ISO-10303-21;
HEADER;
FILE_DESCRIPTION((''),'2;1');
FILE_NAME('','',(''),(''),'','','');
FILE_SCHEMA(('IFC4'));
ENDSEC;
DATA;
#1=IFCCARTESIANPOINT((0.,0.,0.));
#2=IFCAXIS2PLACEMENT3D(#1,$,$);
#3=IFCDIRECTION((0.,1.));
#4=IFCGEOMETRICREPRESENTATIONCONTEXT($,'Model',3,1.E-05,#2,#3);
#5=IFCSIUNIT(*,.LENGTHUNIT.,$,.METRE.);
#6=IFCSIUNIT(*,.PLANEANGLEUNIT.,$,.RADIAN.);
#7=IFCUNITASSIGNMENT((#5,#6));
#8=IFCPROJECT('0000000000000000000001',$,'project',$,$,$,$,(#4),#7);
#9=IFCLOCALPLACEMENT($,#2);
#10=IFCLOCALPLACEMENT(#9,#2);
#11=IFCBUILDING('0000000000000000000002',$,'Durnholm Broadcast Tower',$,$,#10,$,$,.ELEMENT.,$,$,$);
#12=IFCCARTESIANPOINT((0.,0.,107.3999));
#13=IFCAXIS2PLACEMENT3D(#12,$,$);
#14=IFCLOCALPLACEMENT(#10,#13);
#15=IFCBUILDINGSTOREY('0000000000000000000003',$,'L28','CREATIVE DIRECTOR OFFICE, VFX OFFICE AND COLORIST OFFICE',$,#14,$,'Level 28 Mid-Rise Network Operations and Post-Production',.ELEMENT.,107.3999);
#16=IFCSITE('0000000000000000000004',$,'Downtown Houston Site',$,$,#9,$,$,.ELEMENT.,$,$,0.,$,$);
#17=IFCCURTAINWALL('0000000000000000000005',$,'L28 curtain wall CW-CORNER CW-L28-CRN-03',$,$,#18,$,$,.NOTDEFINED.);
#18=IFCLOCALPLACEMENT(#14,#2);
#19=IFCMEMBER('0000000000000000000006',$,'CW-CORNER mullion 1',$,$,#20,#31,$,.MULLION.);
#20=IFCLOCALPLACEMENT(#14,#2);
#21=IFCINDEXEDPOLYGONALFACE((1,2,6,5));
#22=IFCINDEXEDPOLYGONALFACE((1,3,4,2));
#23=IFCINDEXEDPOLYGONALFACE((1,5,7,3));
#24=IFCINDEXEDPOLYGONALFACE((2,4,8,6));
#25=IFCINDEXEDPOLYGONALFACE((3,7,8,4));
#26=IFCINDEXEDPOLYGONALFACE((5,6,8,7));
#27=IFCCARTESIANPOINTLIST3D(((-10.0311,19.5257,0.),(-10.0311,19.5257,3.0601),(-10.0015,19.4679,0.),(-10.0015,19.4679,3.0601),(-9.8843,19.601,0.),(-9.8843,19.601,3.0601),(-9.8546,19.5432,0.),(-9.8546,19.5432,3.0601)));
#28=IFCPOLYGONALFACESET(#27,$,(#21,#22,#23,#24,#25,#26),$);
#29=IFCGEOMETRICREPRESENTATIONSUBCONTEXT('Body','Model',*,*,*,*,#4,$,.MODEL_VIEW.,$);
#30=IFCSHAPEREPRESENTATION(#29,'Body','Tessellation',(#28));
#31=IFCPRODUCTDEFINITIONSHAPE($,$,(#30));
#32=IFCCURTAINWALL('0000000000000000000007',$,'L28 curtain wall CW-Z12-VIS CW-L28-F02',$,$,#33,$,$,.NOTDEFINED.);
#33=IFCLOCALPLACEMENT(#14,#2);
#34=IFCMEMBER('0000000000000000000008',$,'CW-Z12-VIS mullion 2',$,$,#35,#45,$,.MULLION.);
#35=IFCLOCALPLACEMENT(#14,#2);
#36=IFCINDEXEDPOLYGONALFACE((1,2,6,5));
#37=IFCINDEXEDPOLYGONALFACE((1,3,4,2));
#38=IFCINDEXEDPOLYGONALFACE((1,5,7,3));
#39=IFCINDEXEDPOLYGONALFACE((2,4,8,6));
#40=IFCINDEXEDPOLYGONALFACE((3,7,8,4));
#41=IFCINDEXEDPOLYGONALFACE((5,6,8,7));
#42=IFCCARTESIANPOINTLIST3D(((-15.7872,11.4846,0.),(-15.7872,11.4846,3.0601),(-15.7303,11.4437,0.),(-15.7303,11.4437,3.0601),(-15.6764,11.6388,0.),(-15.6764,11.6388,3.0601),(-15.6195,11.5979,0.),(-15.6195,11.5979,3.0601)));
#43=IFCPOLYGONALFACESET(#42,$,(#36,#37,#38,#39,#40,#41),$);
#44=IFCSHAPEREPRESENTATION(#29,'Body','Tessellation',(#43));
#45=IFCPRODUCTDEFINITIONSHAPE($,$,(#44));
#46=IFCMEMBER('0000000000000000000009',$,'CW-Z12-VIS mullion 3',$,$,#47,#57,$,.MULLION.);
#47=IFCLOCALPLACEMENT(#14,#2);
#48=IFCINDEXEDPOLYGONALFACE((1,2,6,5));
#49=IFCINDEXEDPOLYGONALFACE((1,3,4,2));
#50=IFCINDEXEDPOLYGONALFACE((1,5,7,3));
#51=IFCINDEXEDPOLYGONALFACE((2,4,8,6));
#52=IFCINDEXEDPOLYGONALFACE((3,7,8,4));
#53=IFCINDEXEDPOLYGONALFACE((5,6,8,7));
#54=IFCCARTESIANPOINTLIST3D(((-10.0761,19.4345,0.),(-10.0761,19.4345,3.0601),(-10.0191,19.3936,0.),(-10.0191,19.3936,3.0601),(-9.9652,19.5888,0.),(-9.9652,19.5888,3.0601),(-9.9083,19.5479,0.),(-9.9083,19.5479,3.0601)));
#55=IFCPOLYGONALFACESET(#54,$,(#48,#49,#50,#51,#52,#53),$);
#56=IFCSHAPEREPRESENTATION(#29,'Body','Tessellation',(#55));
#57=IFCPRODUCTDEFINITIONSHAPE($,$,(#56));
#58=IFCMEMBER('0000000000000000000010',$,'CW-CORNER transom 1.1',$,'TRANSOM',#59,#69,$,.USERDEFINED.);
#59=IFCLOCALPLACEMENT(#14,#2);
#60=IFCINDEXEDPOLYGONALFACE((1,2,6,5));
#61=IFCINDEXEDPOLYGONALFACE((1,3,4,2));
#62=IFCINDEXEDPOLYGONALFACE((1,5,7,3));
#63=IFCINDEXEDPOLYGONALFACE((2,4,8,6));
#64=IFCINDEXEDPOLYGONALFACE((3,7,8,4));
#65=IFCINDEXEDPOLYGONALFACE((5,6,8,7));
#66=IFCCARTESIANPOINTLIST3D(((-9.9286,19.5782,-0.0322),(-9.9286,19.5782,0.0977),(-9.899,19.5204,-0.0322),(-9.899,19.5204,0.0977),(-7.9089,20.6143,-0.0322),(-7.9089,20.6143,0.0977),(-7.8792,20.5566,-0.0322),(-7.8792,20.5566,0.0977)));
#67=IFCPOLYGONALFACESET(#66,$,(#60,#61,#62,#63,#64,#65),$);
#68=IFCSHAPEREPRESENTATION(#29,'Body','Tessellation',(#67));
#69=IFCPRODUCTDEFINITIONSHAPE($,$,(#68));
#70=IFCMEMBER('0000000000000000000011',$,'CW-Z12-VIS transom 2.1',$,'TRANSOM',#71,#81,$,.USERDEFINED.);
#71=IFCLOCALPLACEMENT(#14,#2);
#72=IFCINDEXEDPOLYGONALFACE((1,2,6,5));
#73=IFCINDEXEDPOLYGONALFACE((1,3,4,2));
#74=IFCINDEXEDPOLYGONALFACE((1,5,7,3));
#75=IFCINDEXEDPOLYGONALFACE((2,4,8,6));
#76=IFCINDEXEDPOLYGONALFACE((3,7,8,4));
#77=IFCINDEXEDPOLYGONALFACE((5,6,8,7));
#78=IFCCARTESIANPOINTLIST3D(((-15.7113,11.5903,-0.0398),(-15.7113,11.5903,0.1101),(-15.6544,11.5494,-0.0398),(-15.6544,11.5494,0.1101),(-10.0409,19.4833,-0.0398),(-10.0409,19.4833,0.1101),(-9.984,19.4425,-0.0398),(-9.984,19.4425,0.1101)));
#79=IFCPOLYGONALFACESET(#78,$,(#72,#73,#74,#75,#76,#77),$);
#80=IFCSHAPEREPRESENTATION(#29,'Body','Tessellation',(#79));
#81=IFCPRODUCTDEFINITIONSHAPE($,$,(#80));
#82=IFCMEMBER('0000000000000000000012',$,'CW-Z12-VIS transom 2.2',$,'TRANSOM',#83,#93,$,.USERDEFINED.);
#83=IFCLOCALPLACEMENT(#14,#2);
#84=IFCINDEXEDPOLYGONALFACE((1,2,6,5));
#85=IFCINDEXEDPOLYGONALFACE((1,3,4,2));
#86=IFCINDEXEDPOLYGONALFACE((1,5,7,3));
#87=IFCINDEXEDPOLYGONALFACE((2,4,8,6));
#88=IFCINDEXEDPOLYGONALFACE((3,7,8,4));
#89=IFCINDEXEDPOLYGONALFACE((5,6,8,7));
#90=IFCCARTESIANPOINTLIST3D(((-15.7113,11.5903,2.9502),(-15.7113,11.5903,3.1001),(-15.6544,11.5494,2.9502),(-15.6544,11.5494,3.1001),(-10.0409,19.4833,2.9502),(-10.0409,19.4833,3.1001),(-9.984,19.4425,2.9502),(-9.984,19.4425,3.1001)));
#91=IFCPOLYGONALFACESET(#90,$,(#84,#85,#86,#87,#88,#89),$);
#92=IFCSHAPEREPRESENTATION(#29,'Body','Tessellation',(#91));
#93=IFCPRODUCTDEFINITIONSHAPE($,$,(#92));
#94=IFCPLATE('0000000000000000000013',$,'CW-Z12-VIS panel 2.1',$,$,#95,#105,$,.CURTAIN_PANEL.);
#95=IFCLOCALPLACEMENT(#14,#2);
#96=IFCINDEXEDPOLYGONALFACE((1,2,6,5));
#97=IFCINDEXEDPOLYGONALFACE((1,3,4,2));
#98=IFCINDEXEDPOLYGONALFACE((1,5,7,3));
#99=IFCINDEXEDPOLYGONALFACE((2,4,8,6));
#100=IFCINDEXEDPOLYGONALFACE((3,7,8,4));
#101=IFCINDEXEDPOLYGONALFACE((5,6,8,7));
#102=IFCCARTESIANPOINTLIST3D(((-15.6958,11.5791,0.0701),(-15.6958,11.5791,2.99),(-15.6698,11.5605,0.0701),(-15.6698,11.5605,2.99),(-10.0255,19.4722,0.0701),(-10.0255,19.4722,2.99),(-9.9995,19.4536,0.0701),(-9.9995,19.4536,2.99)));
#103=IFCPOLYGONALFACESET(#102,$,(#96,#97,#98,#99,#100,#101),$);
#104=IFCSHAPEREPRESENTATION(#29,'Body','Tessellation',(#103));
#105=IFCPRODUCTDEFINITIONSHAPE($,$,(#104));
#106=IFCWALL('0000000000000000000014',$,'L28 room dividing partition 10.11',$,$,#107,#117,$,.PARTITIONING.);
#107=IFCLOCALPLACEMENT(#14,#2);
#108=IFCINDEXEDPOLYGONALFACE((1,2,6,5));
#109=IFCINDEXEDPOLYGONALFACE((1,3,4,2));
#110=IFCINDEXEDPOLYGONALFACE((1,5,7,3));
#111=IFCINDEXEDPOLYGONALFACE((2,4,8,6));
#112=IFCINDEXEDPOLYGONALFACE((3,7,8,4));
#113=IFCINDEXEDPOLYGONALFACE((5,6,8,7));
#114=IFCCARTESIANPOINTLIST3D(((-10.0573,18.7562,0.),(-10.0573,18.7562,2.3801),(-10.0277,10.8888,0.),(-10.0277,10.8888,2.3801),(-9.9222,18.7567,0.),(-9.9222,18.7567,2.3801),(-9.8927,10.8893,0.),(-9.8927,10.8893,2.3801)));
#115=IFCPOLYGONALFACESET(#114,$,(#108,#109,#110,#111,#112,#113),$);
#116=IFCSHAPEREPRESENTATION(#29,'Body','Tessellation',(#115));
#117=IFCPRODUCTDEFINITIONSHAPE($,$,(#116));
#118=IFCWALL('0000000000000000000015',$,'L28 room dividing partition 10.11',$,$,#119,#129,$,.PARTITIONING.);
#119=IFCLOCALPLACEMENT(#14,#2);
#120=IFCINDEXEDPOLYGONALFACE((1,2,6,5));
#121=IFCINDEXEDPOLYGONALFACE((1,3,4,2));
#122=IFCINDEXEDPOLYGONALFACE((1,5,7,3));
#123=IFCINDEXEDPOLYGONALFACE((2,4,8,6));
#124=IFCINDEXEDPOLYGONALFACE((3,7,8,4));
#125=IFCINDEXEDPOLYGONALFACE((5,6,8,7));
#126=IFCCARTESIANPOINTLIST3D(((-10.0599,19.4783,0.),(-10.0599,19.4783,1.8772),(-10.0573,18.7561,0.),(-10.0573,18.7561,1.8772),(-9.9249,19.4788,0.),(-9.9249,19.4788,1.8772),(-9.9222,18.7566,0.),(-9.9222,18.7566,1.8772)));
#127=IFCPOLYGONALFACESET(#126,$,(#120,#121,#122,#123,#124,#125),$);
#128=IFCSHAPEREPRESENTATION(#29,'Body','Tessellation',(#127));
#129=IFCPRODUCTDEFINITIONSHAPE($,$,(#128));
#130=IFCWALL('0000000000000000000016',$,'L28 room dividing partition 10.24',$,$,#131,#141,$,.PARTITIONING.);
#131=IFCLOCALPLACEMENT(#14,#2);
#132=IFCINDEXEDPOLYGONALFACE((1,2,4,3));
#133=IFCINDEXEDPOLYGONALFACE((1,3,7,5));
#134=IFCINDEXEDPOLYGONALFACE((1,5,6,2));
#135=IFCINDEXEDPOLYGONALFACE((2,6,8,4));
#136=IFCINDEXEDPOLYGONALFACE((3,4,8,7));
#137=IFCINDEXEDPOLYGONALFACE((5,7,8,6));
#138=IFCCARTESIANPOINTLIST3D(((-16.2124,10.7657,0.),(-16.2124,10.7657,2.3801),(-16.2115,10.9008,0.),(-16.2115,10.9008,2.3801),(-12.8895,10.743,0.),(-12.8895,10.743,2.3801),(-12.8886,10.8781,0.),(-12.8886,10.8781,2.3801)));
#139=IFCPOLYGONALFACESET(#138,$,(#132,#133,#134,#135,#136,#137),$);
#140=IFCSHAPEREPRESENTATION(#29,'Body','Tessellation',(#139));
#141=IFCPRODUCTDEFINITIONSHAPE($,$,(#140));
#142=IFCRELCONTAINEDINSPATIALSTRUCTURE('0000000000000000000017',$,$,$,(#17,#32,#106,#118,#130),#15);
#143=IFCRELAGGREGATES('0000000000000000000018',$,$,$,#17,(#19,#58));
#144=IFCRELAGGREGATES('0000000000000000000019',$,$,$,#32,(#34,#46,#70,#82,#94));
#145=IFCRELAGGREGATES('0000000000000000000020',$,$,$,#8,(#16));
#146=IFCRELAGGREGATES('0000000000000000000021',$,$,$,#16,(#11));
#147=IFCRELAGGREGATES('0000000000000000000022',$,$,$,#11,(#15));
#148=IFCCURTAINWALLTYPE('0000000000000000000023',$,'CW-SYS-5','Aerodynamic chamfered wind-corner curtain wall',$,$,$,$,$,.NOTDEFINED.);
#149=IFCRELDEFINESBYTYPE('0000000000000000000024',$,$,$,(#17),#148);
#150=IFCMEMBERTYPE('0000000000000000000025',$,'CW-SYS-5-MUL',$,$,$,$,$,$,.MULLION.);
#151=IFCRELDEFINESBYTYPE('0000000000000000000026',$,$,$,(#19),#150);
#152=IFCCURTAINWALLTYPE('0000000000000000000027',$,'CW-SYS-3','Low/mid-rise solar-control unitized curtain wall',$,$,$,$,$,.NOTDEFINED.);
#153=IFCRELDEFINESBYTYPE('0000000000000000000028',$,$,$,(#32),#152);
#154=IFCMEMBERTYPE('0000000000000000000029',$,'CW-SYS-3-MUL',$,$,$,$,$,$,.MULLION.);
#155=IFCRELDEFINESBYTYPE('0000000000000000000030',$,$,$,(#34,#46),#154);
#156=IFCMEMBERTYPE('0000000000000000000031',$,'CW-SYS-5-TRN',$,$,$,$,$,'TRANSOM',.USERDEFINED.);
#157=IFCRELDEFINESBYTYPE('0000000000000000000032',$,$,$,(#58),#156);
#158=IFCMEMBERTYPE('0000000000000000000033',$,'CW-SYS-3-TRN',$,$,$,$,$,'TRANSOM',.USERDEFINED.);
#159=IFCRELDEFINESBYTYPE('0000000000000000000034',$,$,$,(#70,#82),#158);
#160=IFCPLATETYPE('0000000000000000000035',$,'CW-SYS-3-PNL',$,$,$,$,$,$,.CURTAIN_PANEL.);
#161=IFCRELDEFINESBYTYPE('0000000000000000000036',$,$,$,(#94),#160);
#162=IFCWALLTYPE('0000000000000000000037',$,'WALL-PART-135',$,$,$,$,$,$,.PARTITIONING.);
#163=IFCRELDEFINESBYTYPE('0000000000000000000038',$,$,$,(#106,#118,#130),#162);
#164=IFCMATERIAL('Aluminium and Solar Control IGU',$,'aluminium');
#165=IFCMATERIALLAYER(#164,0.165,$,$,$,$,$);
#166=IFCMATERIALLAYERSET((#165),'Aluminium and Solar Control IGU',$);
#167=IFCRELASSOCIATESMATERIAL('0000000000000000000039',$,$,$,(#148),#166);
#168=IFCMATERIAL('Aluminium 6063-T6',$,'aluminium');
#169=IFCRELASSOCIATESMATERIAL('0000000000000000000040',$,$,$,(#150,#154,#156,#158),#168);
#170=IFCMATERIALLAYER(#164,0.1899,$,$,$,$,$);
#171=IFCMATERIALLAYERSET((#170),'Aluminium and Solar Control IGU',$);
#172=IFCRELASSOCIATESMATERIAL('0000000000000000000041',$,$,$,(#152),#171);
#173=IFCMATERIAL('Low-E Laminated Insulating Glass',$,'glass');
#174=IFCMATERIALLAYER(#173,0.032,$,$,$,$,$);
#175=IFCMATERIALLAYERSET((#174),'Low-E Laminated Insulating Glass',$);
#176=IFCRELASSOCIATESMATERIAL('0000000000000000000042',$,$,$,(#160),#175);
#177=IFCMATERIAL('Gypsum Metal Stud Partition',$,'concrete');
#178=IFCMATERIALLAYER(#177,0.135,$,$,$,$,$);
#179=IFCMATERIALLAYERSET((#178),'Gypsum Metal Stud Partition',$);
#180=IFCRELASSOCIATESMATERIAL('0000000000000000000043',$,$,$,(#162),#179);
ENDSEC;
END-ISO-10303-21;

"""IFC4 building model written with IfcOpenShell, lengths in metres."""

from ifc_helpers import new_model, si_unit, direction, frame, frame_2d, origin, origin_2d, place, context, subcontext, project, spatial, rectangle, extrude, source, transform, mapped, material, layer, layer_set, material_profile, profile_set, type_object, type_shapes, element, aggregate, save


model = new_model("IFC4")

# Units and contexts
model_context = context("Model", 3, precision=1e-05, world=origin(), true_north=direction((0.0, 1.0)))
body_context = subcontext(model_context, "Body", "Model", "MODEL_VIEW")
ifc_project = project(units=[si_unit("LENGTHUNIT", "METRE"), si_unit("PLANEANGLEUNIT", "RADIAN")], contexts=[model_context])

# Site, building, storey
site_placement = place(None, origin())
site = spatial("IfcSite", under=ifc_project, at=site_placement, Name="Downtown Houston Site", CompositionType="ELEMENT", RefElevation=0.0)
building_placement = place(site_placement, origin())
building = spatial("IfcBuilding", under=site, at=building_placement, Name="Durnholm Broadcast Tower", CompositionType="ELEMENT")
storey_placement = place(building_placement, frame((0.0, 0.0, 107.3999)))
storey = spatial("IfcBuildingStorey", under=building, at=storey_placement, Name="L28", Description="CREATIVE DIRECTOR OFFICE, VFX OFFICE AND COLORIST OFFICE", LongName="Level 28 Mid-Rise Network Operations and Post-Production", CompositionType="ELEMENT", Elevation=107.3999)

# Curtain wall, member
ifc_material_1 = material(Name="Aluminium and Solar Control IGU", Category="aluminium")
ifc_layer_1 = layer(ifc_material_1, 0.165)
ifc_layer_set_1 = layer_set([ifc_layer_1], Name="Aluminium and Solar Control IGU")
curtain_wall_type_1 = type_object("IfcCurtainWallType", Name="CW-SYS-5", Description="Aerodynamic chamfered wind-corner curtain wall", PredefinedType="NOTDEFINED", material=ifc_layer_set_1)
curtain_wall_1_placement = place(storey_placement, origin())
curtain_wall_1 = element("IfcCurtainWall", 1, at=curtain_wall_1_placement, inside=storey, type_object=curtain_wall_type_1, Name="L28 curtain wall CW-CORNER CW-L28-CRN-03", PredefinedType="NOTDEFINED")
ifc_material_2 = material(Name="Aluminium 6063-T6", Category="aluminium")
ifc_material_profile_1 = material_profile(ifc_material_2, rectangle(XDim=0.0649, YDim=0.165, at=origin_2d()), Name="CWM65X165")
ifc_profile_set_1 = profile_set([ifc_material_profile_1], Name="Aluminium 6063-T6")
member_type_1 = type_object("IfcMemberType", Name="CW-SYS-5-MUL", PredefinedType="MULLION", material=ifc_profile_set_1)
shared_shape_1 = source(origin(), body_context, "Body", "SweptSolid", [
    extrude(rectangle(XDim=0.0649, YDim=0.165, at=origin_2d()), origin(), (0.0, 0.0, 1.0), 3.0601),
])
type_shapes(member_type_1, [shared_shape_1])
member_1_placement = place(storey_placement, frame((-9.9429, 19.5344, 0.0), z_axis=(0.0, 0.0, 1.0), x_axis=(-0.456373, 0.889788, 0.0)))
member_1 = element("IfcMember", 2, at=member_1_placement, type_object=member_type_1, Name="CW-CORNER mullion 1", PredefinedType="MULLION", context=body_context, shape_type="MappedRepresentation", body=[
    mapped(shared_shape_1, transform((0.0, 0.0, 0.0), x_axis=(1.0, 0.0, 0.0), y_axis=(0.0, 1.0, 0.0), z_axis=(0.0, 0.0, 1.0), scale=1.0)),
])

# Curtain wall, members
ifc_layer_2 = layer(ifc_material_1, 0.1899)
ifc_layer_set_2 = layer_set([ifc_layer_2], Name="Aluminium and Solar Control IGU")
curtain_wall_type_2 = type_object("IfcCurtainWallType", Name="CW-SYS-3", Description="Low/mid-rise solar-control unitized curtain wall", PredefinedType="NOTDEFINED", material=ifc_layer_set_2)
curtain_wall_2_placement = place(storey_placement, origin())
curtain_wall_2 = element("IfcCurtainWall", 3, at=curtain_wall_2_placement, inside=storey, type_object=curtain_wall_type_2, Name="L28 curtain wall CW-Z12-VIS CW-L28-F02", PredefinedType="NOTDEFINED")
ifc_material_profile_2 = material_profile(ifc_material_2, rectangle(XDim=0.0701, YDim=0.1899, at=origin_2d()), Name="CWM70X190")
ifc_profile_set_2 = profile_set([ifc_material_profile_2], Name="Aluminium 6063-T6")
member_type_2 = type_object("IfcMemberType", Name="CW-SYS-3-MUL", PredefinedType="MULLION", material=ifc_profile_set_2)
shared_shape_2 = source(origin(), body_context, "Body", "SweptSolid", [
    extrude(rectangle(XDim=0.0701, YDim=0.1899, at=origin_2d()), origin(), (0.0, 0.0, 1.0), 3.0601),
])
type_shapes(member_type_2, [shared_shape_2])
member_2_placement = place(storey_placement, frame((-15.7034, 11.5413, 0.0), z_axis=(0.0, 0.0, 1.0), x_axis=(-0.812152, 0.583445, 0.0)))
member_2 = element("IfcMember", 4, at=member_2_placement, type_object=member_type_2, Name="CW-Z12-VIS mullion 2", PredefinedType="MULLION", context=body_context, shape_type="MappedRepresentation", body=[
    mapped(shared_shape_2, transform((0.0, 0.0, 0.0), x_axis=(1.0, 0.0, 0.0), y_axis=(0.0, 1.0, 0.0), z_axis=(0.0, 0.0, 1.0), scale=1.0)),
])
member_3_placement = place(storey_placement, frame((-9.9922, 19.4912, 0.0), z_axis=(0.0, 0.0, 1.0), x_axis=(-0.812152, 0.583445, 0.0)))
member_3 = element("IfcMember", 5, at=member_3_placement, type_object=member_type_2, Name="CW-Z12-VIS mullion 3", PredefinedType="MULLION", context=body_context, shape_type="MappedRepresentation", body=[
    mapped(shared_shape_2, transform((0.0, 0.0, 0.0), x_axis=(1.0, 0.0, 0.0), y_axis=(0.0, 1.0, 0.0), z_axis=(0.0, 0.0, 1.0), scale=1.0)),
])

# Members
ifc_material_profile_3 = material_profile(ifc_material_2, rectangle(XDim=0.0649, YDim=0.1299, at=origin_2d()), Name="CWT65X130")
ifc_profile_set_3 = profile_set([ifc_material_profile_3], Name="Aluminium 6063-T6")
member_type_3 = type_object("IfcMemberType", Name="CW-SYS-5-TRN", ElementType="TRANSOM", PredefinedType="USERDEFINED", material=ifc_profile_set_3)
shared_shape_3 = source(origin(), body_context, "Body", "SweptSolid", [
    extrude(rectangle(XDim=0.0649, YDim=0.1299, at=origin_2d()), origin(), (0.0, 0.0, 1.0), 2.27),
])
type_shapes(member_type_3, [shared_shape_3])
member_4_placement = place(storey_placement, frame((-9.9138, 19.5493, 0.0327), z_axis=(0.889755, 0.456439, 0.0), x_axis=(-0.456439, 0.889755, 0.0)))
member_4 = element("IfcMember", 6, at=member_4_placement, type_object=member_type_3, Name="CW-CORNER transom 1.1", ObjectType="TRANSOM", PredefinedType="USERDEFINED", context=body_context, shape_type="MappedRepresentation", body=[
    mapped(shared_shape_3, transform((0.0, 0.0, 0.0), x_axis=(1.0, 0.0, 0.0), y_axis=(0.0, 1.0, 0.0), z_axis=(0.0, 0.0, 1.0), scale=1.0)),
])
aggregate(curtain_wall_1, [member_1, member_4])
ifc_material_profile_4 = material_profile(ifc_material_2, rectangle(XDim=0.0701, YDim=0.1499, at=origin_2d()), Name="CWT70X150")
ifc_profile_set_4 = profile_set([ifc_material_profile_4], Name="Aluminium 6063-T6")
member_type_4 = type_object("IfcMemberType", Name="CW-SYS-3-TRN", ElementType="TRANSOM", PredefinedType="USERDEFINED", material=ifc_profile_set_4)
shared_shape_4 = source(origin(), body_context, "Body", "SweptSolid", [
    extrude(rectangle(XDim=0.0701, YDim=0.1499, at=origin_2d()), origin(), (0.0, 0.0, 1.0), 9.7188),
])
type_shapes(member_type_4, [shared_shape_4])
member_5_placement = place(storey_placement, frame((-15.6829, 11.5698, 0.0352), z_axis=(0.583451, 0.812149, 0.0), x_axis=(-0.812149, 0.583451, 0.0)))
member_5 = element("IfcMember", 7, at=member_5_placement, type_object=member_type_4, Name="CW-Z12-VIS transom 2.1", ObjectType="TRANSOM", PredefinedType="USERDEFINED", context=body_context, shape_type="MappedRepresentation", body=[
    mapped(shared_shape_4, transform((0.0, 0.0, 0.0), x_axis=(1.0, 0.0, 0.0), y_axis=(0.0, 1.0, 0.0), z_axis=(0.0, 0.0, 1.0), scale=1.0)),
])
member_6_placement = place(storey_placement, frame((-15.6829, 11.5698, 3.0251), z_axis=(0.583451, 0.812149, 0.0), x_axis=(-0.812149, 0.583451, 0.0)))
member_6 = element("IfcMember", 8, at=member_6_placement, type_object=member_type_4, Name="CW-Z12-VIS transom 2.2", ObjectType="TRANSOM", PredefinedType="USERDEFINED", context=body_context, shape_type="MappedRepresentation", body=[
    mapped(shared_shape_4, transform((0.0, 0.0, 0.0), x_axis=(1.0, 0.0, 0.0), y_axis=(0.0, 1.0, 0.0), z_axis=(0.0, 0.0, 1.0), scale=1.0)),
])

# Plate
ifc_material_3 = material(Name="Low-E Laminated Insulating Glass", Category="glass")
ifc_layer_3 = layer(ifc_material_3, 0.032)
ifc_layer_set_3 = layer_set([ifc_layer_3], Name="Low-E Laminated Insulating Glass")
plate_type = type_object("IfcPlateType", Name="CW-SYS-3-PNL", PredefinedType="CURTAIN_PANEL", material=ifc_layer_set_3)
shared_shape_5 = source(origin(), body_context, "Body", "SweptSolid", [
    extrude(rectangle(XDim=9.7188, YDim=0.032, at=origin_2d()), origin(), (0.0, 0.0, 1.0), 2.9199),
])
type_shapes(plate_type, [shared_shape_5])
plate_placement = place(storey_placement, frame((-12.8477, 15.5164, 0.0701), z_axis=(0.0, 0.0, 1.0), x_axis=(0.583445, 0.812152, 0.0)))
plate = element("IfcPlate", 9, at=plate_placement, type_object=plate_type, Name="CW-Z12-VIS panel 2.1", PredefinedType="CURTAIN_PANEL", context=body_context, shape_type="MappedRepresentation", body=[
    mapped(shared_shape_5, transform((0.0, 0.0, 0.0), x_axis=(1.0, 0.0, 0.0), y_axis=(0.0, 1.0, 0.0), z_axis=(0.0, 0.0, 1.0), scale=1.0)),
])
aggregate(curtain_wall_2, [member_2, member_3, member_5, member_6, plate])

# Walls
ifc_material_4 = material(Name="Gypsum Metal Stud Partition", Category="concrete")
ifc_layer_4 = layer(ifc_material_4, 0.135)
ifc_layer_set_4 = layer_set([ifc_layer_4], Name="Gypsum Metal Stud Partition")
wall_type_1 = type_object("IfcWallType", Name="WALL-PART-135", PredefinedType="PARTITIONING", material=ifc_layer_set_4)
wall_1_placement = place(storey_placement, frame((-9.9897, 18.7563, 0.0), z_axis=(0.0, 0.0, 1.0), x_axis=(0.003755, -0.999993, 0.0)))
element("IfcWall", 10, at=wall_1_placement, inside=storey, type_object=wall_type_1, Name="L28 room dividing partition 10.11", PredefinedType="PARTITIONING", context=body_context, shape_type="SweptSolid", body=[
    extrude(rectangle(XDim=7.8674, YDim=0.135, at=frame_2d((3.9336, 0.0))), origin(), (0.0, 0.0, 1.0), 2.3801),
])
wall_2_placement = place(storey_placement, frame((-9.9924, 19.4785, 0.0), z_axis=(0.0, 0.0, 1.0), x_axis=(0.003719, -0.999993, 0.0)))
element("IfcWall", 11, at=wall_2_placement, inside=storey, type_object=wall_type_1, Name="L28 room dividing partition 10.11", PredefinedType="PARTITIONING", context=body_context, shape_type="SweptSolid", body=[
    extrude(rectangle(XDim=0.7222, YDim=0.135, at=frame_2d((0.3611, 0.0))), origin(), (0.0, 0.0, 1.0), 1.8772),
])
wall_3_placement = place(storey_placement, frame((-12.8889, 10.8105, 0.0), z_axis=(0.0, 0.0, 1.0), x_axis=(-0.999977, 0.006833, 0.0)))
element("IfcWall", 12, at=wall_3_placement, inside=storey, type_object=wall_type_1, Name="L28 room dividing partition 10.24", PredefinedType="PARTITIONING", context=body_context, shape_type="SweptSolid", body=[
    extrude(rectangle(XDim=3.323, YDim=0.135, at=frame_2d((1.6616, 0.0))), origin(), (0.0, 0.0, 1.0), 2.3801),
])

save(model, "model.ifc")
